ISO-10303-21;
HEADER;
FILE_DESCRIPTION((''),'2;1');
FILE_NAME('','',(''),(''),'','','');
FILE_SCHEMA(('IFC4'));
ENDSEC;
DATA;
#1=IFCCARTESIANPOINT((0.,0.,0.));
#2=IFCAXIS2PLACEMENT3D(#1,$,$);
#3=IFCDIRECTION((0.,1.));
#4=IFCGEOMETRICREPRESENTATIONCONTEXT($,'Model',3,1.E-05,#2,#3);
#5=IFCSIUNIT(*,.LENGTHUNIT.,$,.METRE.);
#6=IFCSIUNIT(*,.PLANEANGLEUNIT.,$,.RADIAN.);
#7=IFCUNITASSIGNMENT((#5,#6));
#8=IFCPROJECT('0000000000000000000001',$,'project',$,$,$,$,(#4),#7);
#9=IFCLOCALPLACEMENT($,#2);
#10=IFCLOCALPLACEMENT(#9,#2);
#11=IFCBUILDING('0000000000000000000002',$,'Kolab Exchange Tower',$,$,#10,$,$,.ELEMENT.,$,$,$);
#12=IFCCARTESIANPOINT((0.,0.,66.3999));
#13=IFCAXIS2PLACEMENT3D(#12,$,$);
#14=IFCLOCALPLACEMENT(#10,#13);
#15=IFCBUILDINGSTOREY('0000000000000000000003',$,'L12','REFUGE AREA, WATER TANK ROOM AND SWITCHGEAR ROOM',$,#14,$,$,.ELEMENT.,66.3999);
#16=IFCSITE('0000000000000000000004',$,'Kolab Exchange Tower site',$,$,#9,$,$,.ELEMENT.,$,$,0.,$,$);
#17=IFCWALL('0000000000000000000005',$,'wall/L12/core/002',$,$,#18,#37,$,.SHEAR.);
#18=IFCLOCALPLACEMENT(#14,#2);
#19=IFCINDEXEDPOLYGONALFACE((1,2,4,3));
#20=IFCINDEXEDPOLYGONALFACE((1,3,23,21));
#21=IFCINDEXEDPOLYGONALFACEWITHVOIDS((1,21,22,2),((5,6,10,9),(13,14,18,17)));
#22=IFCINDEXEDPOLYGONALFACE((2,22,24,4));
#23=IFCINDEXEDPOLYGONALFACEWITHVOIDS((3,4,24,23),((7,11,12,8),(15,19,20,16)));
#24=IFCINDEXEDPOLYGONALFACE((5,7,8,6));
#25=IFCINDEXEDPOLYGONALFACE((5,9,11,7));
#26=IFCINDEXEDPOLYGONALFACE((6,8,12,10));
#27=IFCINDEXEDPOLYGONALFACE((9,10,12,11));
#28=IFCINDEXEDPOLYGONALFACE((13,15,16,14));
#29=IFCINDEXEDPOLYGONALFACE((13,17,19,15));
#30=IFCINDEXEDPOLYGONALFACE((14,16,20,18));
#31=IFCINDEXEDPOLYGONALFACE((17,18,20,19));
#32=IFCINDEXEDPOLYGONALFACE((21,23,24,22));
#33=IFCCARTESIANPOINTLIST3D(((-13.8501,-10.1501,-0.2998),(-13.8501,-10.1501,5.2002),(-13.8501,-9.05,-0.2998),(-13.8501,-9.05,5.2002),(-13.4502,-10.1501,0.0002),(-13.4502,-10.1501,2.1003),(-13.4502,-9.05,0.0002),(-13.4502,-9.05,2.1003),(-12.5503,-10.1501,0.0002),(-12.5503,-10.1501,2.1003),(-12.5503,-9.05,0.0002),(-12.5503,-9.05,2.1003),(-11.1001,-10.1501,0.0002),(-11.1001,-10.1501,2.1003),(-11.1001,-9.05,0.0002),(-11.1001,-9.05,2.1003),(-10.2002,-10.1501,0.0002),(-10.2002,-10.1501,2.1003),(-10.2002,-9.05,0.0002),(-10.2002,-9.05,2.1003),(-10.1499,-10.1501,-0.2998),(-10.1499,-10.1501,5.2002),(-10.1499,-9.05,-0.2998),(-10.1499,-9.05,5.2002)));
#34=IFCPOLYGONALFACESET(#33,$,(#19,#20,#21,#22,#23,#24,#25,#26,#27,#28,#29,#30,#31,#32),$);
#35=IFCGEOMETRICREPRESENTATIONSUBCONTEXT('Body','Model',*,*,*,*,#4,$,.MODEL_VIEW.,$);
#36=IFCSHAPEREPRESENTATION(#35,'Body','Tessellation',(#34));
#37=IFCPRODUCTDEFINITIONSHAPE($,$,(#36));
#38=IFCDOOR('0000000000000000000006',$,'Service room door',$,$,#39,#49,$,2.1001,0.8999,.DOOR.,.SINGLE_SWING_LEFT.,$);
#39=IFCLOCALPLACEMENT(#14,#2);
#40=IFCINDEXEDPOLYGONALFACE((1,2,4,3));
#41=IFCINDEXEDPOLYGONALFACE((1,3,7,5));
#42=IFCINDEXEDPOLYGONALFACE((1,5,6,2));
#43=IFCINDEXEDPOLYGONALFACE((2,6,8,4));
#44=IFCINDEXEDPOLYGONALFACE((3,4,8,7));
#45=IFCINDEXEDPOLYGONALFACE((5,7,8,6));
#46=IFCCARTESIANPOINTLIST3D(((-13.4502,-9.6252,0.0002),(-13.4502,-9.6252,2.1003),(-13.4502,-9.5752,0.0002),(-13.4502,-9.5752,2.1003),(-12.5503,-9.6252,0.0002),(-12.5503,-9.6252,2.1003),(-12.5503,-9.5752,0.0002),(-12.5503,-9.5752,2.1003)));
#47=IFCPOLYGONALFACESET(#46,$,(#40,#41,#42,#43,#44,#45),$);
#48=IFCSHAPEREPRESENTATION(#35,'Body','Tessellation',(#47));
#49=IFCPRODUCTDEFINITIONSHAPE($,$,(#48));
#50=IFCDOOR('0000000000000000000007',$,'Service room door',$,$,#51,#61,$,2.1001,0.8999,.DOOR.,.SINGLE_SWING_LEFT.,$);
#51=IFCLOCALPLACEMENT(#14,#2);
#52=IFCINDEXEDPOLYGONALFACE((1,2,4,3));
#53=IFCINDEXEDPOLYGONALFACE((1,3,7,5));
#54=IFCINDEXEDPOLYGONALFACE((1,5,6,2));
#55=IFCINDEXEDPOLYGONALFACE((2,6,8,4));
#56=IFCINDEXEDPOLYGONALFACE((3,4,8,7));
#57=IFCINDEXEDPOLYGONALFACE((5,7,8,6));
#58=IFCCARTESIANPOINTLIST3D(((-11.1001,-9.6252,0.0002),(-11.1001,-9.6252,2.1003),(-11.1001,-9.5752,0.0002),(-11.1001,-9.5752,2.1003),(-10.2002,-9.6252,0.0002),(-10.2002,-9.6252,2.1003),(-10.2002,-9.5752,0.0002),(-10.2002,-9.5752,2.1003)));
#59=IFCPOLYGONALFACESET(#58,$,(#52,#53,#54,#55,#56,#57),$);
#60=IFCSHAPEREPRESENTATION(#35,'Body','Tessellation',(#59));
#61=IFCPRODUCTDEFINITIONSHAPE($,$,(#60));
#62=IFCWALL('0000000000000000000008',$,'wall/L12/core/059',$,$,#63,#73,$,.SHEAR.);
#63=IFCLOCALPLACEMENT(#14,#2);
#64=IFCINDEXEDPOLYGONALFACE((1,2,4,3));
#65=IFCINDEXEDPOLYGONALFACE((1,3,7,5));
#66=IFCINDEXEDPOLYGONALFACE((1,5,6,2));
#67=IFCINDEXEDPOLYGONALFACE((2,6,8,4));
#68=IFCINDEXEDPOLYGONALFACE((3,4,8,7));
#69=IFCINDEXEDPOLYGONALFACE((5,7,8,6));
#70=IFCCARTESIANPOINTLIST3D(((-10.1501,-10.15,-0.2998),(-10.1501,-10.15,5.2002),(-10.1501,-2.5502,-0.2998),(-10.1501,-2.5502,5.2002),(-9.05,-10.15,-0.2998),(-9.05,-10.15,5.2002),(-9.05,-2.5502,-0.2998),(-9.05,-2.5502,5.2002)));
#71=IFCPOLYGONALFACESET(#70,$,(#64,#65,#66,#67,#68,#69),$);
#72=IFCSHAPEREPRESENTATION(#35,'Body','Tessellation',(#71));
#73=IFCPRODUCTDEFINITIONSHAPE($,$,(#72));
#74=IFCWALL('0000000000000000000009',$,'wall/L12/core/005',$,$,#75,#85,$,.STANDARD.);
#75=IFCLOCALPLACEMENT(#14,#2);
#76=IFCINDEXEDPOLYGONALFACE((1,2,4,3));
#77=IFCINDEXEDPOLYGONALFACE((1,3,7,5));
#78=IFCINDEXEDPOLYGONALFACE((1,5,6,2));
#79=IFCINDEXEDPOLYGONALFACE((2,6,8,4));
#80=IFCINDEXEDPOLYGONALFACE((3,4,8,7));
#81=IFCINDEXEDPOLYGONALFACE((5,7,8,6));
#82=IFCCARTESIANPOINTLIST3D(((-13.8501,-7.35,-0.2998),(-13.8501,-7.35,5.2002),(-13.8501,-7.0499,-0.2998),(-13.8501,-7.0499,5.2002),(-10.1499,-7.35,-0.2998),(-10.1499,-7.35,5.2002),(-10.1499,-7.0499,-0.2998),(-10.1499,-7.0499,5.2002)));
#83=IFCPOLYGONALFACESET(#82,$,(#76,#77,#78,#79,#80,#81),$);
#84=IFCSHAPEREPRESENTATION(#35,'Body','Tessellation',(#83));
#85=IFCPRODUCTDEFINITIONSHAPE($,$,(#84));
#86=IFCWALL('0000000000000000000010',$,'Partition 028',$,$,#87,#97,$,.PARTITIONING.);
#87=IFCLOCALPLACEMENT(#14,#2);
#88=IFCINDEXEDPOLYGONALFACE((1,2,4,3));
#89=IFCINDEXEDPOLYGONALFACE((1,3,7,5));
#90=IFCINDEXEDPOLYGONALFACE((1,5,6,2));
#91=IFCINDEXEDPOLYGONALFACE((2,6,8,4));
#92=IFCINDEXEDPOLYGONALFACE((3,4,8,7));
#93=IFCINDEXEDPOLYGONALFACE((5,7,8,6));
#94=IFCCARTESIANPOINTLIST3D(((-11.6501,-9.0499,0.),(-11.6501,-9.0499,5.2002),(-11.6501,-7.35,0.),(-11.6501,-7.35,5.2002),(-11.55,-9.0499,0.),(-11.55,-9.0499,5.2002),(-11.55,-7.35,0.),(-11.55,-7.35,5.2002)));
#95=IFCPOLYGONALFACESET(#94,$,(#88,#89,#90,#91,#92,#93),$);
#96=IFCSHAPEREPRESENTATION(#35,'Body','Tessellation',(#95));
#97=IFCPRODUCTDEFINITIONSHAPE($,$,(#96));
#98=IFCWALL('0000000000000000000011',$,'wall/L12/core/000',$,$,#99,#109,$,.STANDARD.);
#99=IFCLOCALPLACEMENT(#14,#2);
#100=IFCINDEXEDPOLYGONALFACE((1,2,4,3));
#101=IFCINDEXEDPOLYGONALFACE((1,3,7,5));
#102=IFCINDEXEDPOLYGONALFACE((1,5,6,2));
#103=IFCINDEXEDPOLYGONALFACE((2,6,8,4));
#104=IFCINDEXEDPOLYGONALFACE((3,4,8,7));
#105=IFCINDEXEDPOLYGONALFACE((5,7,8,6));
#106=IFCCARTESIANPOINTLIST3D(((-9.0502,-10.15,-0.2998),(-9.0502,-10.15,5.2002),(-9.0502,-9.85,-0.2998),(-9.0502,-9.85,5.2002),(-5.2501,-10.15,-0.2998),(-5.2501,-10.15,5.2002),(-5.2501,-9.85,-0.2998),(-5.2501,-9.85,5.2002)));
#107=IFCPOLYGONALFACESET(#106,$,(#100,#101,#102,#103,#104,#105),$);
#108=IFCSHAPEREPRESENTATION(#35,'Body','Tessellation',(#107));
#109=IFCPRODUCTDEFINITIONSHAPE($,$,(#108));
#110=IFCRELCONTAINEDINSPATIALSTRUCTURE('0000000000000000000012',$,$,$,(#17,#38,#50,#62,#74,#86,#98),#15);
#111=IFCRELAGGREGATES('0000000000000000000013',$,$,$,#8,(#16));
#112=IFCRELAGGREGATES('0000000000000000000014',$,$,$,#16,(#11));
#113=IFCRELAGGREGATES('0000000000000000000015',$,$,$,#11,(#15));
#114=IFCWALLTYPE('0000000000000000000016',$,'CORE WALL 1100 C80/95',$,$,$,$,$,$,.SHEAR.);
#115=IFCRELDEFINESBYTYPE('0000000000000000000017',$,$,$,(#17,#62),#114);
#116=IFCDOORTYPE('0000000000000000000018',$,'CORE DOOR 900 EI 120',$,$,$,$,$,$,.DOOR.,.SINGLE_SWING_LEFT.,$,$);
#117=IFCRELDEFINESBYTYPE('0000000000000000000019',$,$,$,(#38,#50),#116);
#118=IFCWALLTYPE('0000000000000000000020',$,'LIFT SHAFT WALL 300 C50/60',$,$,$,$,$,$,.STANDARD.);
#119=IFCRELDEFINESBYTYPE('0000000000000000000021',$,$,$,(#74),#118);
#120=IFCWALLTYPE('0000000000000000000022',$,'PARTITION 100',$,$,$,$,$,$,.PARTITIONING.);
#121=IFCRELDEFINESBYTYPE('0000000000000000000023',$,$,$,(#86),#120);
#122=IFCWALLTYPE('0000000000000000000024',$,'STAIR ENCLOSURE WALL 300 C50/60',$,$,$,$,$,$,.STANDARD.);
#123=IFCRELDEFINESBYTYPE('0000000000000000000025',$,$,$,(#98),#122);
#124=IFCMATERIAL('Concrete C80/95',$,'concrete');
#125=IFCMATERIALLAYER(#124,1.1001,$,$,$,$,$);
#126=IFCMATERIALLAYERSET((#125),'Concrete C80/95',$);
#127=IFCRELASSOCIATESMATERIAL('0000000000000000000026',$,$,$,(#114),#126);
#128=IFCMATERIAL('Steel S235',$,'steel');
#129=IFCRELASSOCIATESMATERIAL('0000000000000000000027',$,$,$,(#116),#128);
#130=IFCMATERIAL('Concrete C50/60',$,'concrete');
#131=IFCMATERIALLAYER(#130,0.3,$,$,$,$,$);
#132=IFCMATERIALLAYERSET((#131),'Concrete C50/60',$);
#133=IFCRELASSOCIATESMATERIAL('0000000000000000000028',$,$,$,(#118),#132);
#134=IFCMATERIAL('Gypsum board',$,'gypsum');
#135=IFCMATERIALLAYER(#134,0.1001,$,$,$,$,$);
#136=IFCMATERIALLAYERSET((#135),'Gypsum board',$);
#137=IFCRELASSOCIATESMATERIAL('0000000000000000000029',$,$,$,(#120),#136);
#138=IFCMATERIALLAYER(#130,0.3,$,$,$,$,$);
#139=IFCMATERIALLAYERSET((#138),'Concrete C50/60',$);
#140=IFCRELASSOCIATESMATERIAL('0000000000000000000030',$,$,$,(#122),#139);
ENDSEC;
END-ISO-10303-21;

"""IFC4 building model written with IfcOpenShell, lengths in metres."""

from ifc_helpers import new_model, si_unit, direction, frame, frame_2d, origin, place, context, subcontext, project, spatial, rectangle, extrude, material, layer, layer_set, type_object, element, fill, save


model = new_model("IFC4")

# Units and contexts
model_context = context("Model", 3, precision=1e-05, world=origin(), true_north=direction((0.0, 1.0)))
body_context = subcontext(model_context, "Body", "Model", "MODEL_VIEW")
ifc_project = project(units=[si_unit("LENGTHUNIT", "METRE"), si_unit("PLANEANGLEUNIT", "RADIAN")], contexts=[model_context])

# Site, building, storey
site_placement = place(None, origin())
site = spatial("IfcSite", under=ifc_project, at=site_placement, Name="Kolab Exchange Tower site", CompositionType="ELEMENT", RefElevation=0.0)
building_placement = place(site_placement, origin())
building = spatial("IfcBuilding", under=site, at=building_placement, Name="Kolab Exchange Tower", CompositionType="ELEMENT")
storey_placement = place(building_placement, frame((0.0, 0.0, 66.3999)))
storey = spatial("IfcBuildingStorey", under=building, at=storey_placement, Name="L12", Description="REFUGE AREA, WATER TANK ROOM AND SWITCHGEAR ROOM", CompositionType="ELEMENT", Elevation=66.3999)

# Wall, openings, doors
ifc_material_1 = material(Name="Concrete C80/95", Category="concrete")
ifc_layer_1 = layer(ifc_material_1, 1.1001)
ifc_layer_set_1 = layer_set([ifc_layer_1], Name="Concrete C80/95")
wall_type_1 = type_object("IfcWallType", Name="CORE WALL 1100 C80/95", PredefinedType="SHEAR", material=ifc_layer_set_1)
wall_1_placement = place(storey_placement, frame((-13.8501, -9.6001, -0.2998), z_axis=(0.0, 0.0, 1.0), x_axis=(1.0, 0.0, 0.0)))
wall_1 = element("IfcWall", 1, at=wall_1_placement, inside=storey, type_object=wall_type_1, Name="wall/L12/core/002", PredefinedType="SHEAR", context=body_context, shape_type="SweptSolid", body=[
    extrude(rectangle(XDim=3.7002, YDim=1.1001, at=frame_2d((1.8501, 0.0))), origin(), (0.0, 0.0, 1.0), 5.5),
])
opening_1_placement = place(wall_1_placement, frame((0.3999, 0.0, 0.3)))
opening_1 = element("IfcOpeningElement", 2, at=opening_1_placement, cuts=wall_1, PredefinedType="OPENING", context=body_context, shape_type="SweptSolid", body=[
    extrude(rectangle(XDim=0.8999, YDim=2.1001, at=frame_2d((0.45, 1.05))), frame((0.0, 0.5601, 0.0), z_axis=(0.0, -1.0, 0.0), x_axis=(1.0, 0.0, 0.0)), (0.0, 0.0, 1.0), 1.1201),
])
opening_2_placement = place(wall_1_placement, frame((2.75, 0.0, 0.3)))
opening_2 = element("IfcOpeningElement", 3, at=opening_2_placement, cuts=wall_1, PredefinedType="OPENING", context=body_context, shape_type="SweptSolid", body=[
    extrude(rectangle(XDim=0.8999, YDim=2.1001, at=frame_2d((0.45, 1.05))), frame((0.0, 0.5601, 0.0), z_axis=(0.0, -1.0, 0.0), x_axis=(1.0, 0.0, 0.0)), (0.0, 0.0, 1.0), 1.1201),
])
ifc_material_2 = material(Name="Steel S235", Category="steel")
door_type = type_object("IfcDoorType", Name="CORE DOOR 900 EI 120", OperationType="SINGLE_SWING_LEFT", PredefinedType="DOOR", material=ifc_material_2)
door_1_placement = place(opening_1_placement, origin())
door_1 = element("IfcDoor", 4, at=door_1_placement, inside=storey, type_object=door_type, Name="Service room door", OperationType="SINGLE_SWING_LEFT", OverallHeight=2.1001, OverallWidth=0.8999, PredefinedType="DOOR", context=body_context, shape_type="SweptSolid", body=[
    extrude(rectangle(XDim=0.8999, YDim=2.1001, at=frame_2d((0.45, 1.05))), frame((0.0, 0.0249, 0.0), z_axis=(0.0, -1.0, 0.0), x_axis=(1.0, 0.0, 0.0)), (0.0, 0.0, 1.0), 0.05),
])
fill(opening_1, door_1)
door_2_placement = place(opening_2_placement, origin())
door_2 = element("IfcDoor", 5, at=door_2_placement, inside=storey, type_object=door_type, Name="Service room door", OperationType="SINGLE_SWING_LEFT", OverallHeight=2.1001, OverallWidth=0.8999, PredefinedType="DOOR", context=body_context, shape_type="SweptSolid", body=[
    extrude(rectangle(XDim=0.8999, YDim=2.1001, at=frame_2d((0.45, 1.05))), frame((0.0, 0.0249, 0.0), z_axis=(0.0, -1.0, 0.0), x_axis=(1.0, 0.0, 0.0)), (0.0, 0.0, 1.0), 0.05),
])
fill(opening_2, door_2)

# Walls
wall_2_placement = place(storey_placement, frame((-9.6001, -10.1499, -0.2998), z_axis=(0.0, 0.0, 1.0), x_axis=(0.0, 1.0, 0.0)))
element("IfcWall", 6, at=wall_2_placement, inside=storey, type_object=wall_type_1, Name="wall/L12/core/059", PredefinedType="SHEAR", context=body_context, shape_type="SweptSolid", body=[
    extrude(rectangle(XDim=7.5999, YDim=1.1001, at=frame_2d((3.7998, 0.0))), origin(), (0.0, 0.0, 1.0), 5.5),
])
ifc_material_3 = material(Name="Concrete C50/60", Category="concrete")
ifc_layer_2 = layer(ifc_material_3, 0.3)
ifc_layer_set_2 = layer_set([ifc_layer_2], Name="Concrete C50/60")
wall_type_2 = type_object("IfcWallType", Name="LIFT SHAFT WALL 300 C50/60", PredefinedType="STANDARD", material=ifc_layer_set_2)
wall_3_placement = place(storey_placement, frame((-13.8501, -7.2, -0.2998), z_axis=(0.0, 0.0, 1.0), x_axis=(1.0, 0.0, 0.0)))
element("IfcWall", 7, at=wall_3_placement, inside=storey, type_object=wall_type_2, Name="wall/L12/core/005", PredefinedType="STANDARD", context=body_context, shape_type="SweptSolid", body=[
    extrude(rectangle(XDim=3.7002, YDim=0.3, at=frame_2d((1.8501, 0.0))), origin(), (0.0, 0.0, 1.0), 5.5),
])
ifc_material_4 = material(Name="Gypsum board", Category="gypsum")
ifc_layer_3 = layer(ifc_material_4, 0.1001)
ifc_layer_set_3 = layer_set([ifc_layer_3], Name="Gypsum board")
wall_type_3 = type_object("IfcWallType", Name="PARTITION 100", PredefinedType="PARTITIONING", material=ifc_layer_set_3)
wall_4_placement = place(storey_placement, frame((-11.6001, -9.05, 0.0), z_axis=(0.0, 0.0, 1.0), x_axis=(0.0, 1.0, 0.0)))
element("IfcWall", 8, at=wall_4_placement, inside=storey, type_object=wall_type_3, Name="Partition 028", PredefinedType="PARTITIONING", context=body_context, shape_type="SweptSolid", body=[
    extrude(rectangle(XDim=1.7, YDim=0.1001, at=frame_2d((0.8501, 0.0))), origin(), (0.0, 0.0, 1.0), 5.2002),
])
ifc_layer_4 = layer(ifc_material_3, 0.3)
ifc_layer_set_4 = layer_set([ifc_layer_4], Name="Concrete C50/60")
wall_type_4 = type_object("IfcWallType", Name="STAIR ENCLOSURE WALL 300 C50/60", PredefinedType="STANDARD", material=ifc_layer_set_4)
wall_5_placement = place(storey_placement, frame((-9.05, -10.0, -0.2998), z_axis=(0.0, 0.0, 1.0), x_axis=(1.0, 0.0, 0.0)))
element("IfcWall", 9, at=wall_5_placement, inside=storey, type_object=wall_type_4, Name="wall/L12/core/000", PredefinedType="STANDARD", context=body_context, shape_type="SweptSolid", body=[
    extrude(rectangle(XDim=3.8, YDim=0.3, at=frame_2d((1.8999, 0.0))), origin(), (0.0, 0.0, 1.0), 5.5),
])

save(model, "model.ifc")
